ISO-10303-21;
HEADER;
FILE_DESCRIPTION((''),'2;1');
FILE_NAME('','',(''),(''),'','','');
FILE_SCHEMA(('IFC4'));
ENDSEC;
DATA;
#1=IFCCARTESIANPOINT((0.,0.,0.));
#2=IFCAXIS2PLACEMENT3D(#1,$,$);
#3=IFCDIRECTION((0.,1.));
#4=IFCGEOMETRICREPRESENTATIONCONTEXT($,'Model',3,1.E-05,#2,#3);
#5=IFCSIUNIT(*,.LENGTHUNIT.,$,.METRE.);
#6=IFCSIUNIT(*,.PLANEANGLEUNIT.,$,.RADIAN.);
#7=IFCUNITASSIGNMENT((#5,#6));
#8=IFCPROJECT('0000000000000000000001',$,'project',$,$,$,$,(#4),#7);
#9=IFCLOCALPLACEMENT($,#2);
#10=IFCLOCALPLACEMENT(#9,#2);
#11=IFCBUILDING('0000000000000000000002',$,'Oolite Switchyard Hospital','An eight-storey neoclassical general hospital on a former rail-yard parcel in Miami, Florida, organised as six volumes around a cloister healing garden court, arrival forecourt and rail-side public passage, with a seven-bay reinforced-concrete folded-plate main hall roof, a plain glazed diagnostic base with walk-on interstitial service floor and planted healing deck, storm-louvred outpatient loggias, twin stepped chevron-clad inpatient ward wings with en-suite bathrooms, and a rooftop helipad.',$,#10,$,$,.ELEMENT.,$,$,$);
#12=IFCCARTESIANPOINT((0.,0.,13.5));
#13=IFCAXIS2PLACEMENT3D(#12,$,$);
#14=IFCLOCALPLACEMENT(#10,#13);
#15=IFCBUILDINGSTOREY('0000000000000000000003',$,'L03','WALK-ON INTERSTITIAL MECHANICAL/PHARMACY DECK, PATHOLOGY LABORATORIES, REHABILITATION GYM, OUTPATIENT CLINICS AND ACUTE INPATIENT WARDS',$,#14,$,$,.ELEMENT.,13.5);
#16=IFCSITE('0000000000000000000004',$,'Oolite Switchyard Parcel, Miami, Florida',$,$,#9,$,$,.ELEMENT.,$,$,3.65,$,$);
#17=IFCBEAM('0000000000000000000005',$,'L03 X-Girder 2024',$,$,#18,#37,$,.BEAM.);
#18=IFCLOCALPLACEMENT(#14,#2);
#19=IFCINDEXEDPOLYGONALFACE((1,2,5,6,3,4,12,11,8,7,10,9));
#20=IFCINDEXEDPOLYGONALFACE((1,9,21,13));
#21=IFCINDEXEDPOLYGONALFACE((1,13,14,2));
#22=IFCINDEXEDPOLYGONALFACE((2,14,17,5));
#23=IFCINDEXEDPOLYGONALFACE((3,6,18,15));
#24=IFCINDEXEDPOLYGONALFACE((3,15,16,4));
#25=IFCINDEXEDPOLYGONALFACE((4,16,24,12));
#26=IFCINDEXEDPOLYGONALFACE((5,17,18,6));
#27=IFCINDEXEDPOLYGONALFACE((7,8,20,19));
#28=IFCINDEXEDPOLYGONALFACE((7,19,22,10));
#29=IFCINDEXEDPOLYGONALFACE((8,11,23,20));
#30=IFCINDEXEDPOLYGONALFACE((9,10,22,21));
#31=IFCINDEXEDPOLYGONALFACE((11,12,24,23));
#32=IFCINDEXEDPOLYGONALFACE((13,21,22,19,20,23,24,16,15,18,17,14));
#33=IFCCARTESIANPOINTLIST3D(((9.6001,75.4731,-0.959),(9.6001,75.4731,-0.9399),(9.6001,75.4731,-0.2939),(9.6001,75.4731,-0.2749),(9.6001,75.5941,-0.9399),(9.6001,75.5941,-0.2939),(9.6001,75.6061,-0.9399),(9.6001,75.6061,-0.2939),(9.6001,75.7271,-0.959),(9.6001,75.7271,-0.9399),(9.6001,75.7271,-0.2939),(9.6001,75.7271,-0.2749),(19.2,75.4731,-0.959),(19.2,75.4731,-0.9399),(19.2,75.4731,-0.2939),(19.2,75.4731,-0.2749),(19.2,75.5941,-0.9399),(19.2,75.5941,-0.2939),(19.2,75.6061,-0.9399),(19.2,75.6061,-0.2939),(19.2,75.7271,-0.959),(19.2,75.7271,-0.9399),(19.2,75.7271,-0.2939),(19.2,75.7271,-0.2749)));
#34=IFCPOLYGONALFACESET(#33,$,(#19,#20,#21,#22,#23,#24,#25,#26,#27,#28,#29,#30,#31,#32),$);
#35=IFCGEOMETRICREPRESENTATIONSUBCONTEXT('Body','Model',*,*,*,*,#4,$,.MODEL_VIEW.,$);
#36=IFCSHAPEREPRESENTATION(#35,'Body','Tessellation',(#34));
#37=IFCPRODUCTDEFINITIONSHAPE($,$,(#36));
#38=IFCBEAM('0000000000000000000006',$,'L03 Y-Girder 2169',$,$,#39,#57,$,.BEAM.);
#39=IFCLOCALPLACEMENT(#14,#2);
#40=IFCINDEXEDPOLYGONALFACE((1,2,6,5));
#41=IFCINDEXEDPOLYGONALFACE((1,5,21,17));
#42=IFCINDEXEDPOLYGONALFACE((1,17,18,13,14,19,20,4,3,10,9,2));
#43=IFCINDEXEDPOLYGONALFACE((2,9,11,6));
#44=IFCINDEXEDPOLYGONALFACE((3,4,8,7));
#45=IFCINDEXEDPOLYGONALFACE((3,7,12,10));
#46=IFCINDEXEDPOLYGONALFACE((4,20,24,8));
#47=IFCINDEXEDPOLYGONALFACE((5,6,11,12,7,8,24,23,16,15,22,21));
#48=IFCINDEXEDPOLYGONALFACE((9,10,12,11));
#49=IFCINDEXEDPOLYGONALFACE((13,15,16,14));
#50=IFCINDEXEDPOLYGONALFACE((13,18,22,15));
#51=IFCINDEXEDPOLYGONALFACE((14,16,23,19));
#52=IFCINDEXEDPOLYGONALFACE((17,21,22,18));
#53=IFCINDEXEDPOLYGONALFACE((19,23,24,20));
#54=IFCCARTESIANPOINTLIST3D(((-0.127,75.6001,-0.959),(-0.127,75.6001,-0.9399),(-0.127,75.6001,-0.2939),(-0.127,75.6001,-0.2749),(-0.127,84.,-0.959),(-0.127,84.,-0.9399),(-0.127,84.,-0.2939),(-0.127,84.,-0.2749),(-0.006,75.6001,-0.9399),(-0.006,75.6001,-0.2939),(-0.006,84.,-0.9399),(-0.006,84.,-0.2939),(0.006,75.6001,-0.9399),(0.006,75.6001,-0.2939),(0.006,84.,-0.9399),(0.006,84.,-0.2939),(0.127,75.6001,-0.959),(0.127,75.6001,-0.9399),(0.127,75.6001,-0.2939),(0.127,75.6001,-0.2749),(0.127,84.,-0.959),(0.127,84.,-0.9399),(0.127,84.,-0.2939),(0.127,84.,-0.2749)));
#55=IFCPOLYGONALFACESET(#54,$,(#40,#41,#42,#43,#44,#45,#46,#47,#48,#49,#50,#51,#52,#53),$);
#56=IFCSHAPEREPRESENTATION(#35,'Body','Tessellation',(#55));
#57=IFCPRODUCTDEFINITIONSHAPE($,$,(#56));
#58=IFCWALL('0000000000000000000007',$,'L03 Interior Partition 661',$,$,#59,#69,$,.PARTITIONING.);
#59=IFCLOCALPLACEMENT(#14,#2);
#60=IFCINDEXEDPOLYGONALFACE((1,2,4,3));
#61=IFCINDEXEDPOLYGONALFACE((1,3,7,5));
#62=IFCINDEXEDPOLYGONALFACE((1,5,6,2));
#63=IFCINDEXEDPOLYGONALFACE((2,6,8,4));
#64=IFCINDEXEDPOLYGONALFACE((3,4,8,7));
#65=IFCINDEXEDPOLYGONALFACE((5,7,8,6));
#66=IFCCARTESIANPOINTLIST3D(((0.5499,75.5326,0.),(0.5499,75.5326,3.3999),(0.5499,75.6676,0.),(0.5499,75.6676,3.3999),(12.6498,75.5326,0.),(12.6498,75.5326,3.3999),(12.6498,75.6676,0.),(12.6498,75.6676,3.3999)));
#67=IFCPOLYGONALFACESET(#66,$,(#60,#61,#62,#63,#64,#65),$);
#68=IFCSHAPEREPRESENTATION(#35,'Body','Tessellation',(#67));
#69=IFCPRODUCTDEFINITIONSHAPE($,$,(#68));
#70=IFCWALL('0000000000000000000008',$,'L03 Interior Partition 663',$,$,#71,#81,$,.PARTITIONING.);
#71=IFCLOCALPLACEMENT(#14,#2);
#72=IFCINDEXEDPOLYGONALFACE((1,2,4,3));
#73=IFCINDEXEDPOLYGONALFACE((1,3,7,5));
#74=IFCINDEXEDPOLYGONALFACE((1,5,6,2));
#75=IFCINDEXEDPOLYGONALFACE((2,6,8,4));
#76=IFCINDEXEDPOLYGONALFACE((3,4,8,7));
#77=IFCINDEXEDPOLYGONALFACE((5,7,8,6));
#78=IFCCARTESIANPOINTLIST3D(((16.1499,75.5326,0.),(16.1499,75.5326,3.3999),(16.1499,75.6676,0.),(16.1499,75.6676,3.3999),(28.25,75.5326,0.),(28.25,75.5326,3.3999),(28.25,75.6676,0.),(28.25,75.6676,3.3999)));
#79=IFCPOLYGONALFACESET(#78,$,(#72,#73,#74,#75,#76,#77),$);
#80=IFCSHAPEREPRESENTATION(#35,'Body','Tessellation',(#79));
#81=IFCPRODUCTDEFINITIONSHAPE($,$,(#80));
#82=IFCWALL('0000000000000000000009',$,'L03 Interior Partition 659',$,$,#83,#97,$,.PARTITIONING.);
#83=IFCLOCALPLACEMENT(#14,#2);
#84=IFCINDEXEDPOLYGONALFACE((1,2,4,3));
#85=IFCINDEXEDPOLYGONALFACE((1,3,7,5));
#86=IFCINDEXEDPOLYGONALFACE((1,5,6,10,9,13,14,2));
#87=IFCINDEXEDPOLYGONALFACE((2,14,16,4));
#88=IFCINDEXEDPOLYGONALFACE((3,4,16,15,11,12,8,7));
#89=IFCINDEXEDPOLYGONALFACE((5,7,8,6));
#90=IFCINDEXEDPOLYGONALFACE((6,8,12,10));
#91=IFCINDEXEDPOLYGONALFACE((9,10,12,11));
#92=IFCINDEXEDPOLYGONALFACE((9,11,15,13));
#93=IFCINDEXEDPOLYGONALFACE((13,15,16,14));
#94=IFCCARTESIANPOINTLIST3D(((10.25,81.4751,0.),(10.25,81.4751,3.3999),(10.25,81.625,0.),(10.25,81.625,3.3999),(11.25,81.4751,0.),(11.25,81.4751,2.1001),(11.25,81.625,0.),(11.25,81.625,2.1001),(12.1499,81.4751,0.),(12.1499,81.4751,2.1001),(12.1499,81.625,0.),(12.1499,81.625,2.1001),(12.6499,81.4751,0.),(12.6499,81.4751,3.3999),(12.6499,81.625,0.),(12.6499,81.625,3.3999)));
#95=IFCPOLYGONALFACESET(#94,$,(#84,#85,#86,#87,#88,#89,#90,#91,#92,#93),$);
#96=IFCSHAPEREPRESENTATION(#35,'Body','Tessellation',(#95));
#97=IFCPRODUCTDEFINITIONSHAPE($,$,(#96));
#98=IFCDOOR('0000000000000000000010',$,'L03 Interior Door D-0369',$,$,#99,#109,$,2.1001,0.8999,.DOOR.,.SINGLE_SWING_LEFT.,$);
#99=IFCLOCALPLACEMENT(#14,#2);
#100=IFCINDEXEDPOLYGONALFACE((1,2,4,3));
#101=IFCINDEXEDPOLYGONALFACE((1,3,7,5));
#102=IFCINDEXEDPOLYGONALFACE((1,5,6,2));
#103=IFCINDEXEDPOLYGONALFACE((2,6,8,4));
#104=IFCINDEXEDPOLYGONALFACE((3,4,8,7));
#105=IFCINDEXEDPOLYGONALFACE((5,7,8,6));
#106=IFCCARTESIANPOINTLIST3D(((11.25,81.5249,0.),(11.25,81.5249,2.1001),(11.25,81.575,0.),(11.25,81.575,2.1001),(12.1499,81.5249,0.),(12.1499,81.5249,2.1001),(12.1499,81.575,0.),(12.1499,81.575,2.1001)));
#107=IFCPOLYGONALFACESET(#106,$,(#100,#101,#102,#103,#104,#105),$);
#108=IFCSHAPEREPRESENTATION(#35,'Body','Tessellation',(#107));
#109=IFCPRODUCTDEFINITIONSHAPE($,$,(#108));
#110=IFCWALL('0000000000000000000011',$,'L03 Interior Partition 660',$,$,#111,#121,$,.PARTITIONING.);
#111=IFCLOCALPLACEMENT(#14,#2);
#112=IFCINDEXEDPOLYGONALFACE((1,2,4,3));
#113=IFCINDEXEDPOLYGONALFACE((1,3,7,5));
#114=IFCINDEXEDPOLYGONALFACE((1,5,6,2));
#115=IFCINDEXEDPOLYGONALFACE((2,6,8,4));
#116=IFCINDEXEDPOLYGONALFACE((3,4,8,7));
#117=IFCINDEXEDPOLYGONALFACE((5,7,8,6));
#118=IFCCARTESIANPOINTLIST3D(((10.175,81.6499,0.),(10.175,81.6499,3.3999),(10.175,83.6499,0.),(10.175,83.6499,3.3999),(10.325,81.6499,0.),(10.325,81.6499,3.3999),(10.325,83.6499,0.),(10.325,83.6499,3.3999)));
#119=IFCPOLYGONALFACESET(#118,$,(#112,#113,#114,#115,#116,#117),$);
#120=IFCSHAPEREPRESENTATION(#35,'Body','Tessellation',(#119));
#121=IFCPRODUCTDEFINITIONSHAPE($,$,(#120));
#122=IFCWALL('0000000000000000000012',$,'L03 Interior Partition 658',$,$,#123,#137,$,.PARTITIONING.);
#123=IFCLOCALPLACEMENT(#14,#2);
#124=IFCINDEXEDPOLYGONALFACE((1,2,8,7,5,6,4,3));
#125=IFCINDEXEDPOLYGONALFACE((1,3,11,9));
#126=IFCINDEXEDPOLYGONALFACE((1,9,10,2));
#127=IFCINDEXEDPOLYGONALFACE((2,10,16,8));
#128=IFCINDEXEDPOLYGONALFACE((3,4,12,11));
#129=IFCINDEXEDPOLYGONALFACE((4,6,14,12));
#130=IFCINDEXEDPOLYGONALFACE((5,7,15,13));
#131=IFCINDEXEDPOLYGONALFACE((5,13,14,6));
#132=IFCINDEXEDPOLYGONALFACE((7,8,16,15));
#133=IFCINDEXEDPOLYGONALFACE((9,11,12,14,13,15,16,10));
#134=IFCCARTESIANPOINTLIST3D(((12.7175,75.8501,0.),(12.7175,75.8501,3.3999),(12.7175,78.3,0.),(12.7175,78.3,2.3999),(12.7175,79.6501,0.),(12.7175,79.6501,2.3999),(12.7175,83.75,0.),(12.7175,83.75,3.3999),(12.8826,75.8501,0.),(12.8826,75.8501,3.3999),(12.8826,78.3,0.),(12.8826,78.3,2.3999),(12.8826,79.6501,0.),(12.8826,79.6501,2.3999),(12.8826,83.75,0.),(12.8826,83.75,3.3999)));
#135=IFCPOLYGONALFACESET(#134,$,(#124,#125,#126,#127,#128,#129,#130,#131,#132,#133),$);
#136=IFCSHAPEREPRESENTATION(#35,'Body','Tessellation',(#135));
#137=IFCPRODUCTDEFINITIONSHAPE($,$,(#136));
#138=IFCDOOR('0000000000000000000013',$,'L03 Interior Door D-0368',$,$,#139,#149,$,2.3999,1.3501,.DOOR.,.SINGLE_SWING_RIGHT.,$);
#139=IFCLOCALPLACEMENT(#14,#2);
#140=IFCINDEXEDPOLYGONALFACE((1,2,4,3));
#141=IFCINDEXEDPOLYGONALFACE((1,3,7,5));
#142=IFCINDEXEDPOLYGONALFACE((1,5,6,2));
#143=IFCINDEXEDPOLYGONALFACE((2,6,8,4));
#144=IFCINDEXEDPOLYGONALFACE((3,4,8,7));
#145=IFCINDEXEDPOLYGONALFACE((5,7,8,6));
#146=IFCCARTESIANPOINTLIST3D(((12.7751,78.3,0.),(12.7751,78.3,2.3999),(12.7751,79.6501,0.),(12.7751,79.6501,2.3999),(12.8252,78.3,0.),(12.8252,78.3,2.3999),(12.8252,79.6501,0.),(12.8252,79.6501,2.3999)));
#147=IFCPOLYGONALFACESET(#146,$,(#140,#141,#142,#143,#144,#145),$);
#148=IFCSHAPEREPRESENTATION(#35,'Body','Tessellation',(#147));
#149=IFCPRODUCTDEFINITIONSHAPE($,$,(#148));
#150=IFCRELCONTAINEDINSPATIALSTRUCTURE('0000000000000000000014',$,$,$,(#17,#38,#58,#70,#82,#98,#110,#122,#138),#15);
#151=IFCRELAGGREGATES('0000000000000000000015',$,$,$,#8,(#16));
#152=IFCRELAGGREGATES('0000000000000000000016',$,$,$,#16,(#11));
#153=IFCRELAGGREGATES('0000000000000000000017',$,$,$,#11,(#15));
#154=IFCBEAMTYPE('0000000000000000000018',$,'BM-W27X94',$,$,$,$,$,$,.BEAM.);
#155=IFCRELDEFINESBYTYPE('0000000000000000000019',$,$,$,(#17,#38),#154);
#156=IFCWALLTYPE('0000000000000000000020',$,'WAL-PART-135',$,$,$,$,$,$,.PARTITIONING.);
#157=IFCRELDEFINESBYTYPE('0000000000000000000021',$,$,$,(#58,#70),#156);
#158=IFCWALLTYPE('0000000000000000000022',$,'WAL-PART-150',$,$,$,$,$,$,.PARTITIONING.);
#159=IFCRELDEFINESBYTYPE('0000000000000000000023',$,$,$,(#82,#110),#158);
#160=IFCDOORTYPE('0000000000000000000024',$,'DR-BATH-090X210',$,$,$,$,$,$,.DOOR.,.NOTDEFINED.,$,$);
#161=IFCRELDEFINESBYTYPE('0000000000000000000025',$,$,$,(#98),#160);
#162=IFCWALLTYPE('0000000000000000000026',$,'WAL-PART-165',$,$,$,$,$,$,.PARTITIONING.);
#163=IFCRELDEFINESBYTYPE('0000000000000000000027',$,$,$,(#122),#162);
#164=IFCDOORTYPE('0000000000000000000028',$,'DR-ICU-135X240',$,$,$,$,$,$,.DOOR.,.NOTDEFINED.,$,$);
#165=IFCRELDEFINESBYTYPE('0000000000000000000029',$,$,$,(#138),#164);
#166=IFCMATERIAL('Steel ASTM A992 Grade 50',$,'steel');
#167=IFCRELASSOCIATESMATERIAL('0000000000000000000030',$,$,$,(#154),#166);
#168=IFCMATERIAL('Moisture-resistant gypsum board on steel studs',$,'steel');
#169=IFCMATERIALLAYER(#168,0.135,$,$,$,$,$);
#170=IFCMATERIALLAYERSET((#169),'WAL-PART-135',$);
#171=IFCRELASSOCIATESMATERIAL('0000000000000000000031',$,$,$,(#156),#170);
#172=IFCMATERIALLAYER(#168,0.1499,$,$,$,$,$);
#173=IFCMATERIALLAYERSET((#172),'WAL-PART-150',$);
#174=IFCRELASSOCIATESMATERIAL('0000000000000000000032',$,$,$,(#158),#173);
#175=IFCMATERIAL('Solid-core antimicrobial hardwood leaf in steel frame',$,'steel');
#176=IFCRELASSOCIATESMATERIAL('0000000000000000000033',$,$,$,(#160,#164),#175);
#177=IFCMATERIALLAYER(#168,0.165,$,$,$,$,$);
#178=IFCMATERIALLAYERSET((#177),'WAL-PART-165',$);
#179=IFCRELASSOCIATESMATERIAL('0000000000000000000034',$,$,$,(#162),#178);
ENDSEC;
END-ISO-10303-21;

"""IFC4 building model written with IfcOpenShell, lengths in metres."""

from ifc_helpers import new_model, si_unit, direction, frame, frame_2d, origin, origin_2d, place, context, subcontext, project, spatial, rectangle, i_section, extrude, material, layer, layer_set, material_profile, profile_set, type_object, element, fill, save


model = new_model("IFC4")

# Units and contexts
model_context = context("Model", 3, precision=1e-05, world=origin(), true_north=direction((0.0, 1.0)))
body_context = subcontext(model_context, "Body", "Model", "MODEL_VIEW")
ifc_project = project(units=[si_unit("LENGTHUNIT", "METRE"), si_unit("PLANEANGLEUNIT", "RADIAN")], contexts=[model_context])

# Site, building, storey
site_placement = place(None, origin())
site = spatial("IfcSite", under=ifc_project, at=site_placement, Name="Oolite Switchyard Parcel, Miami, Florida", CompositionType="ELEMENT", RefElevation=3.65)
building_placement = place(site_placement, origin())
building = spatial("IfcBuilding", under=site, at=building_placement, Name="Oolite Switchyard Hospital", Description="An eight-storey neoclassical general hospital on a former rail-yard parcel in Miami, Florida, organised as six volumes around a cloister healing garden court, arrival forecourt and rail-side public passage, with a seven-bay reinforced-concrete folded-plate main hall roof, a plain glazed diagnostic base with walk-on interstitial service floor and planted healing deck, storm-louvred outpatient loggias, twin stepped chevron-clad inpatient ward wings with en-suite bathrooms, and a rooftop helipad.", CompositionType="ELEMENT")
storey_placement = place(building_placement, frame((0.0, 0.0, 13.5)))
storey = spatial("IfcBuildingStorey", under=building, at=storey_placement, Name="L03", Description="WALK-ON INTERSTITIAL MECHANICAL/PHARMACY DECK, PATHOLOGY LABORATORIES, REHABILITATION GYM, OUTPATIENT CLINICS AND ACUTE INPATIENT WARDS", CompositionType="ELEMENT", Elevation=13.5)

# Beams
ifc_material_1 = material(Name="Steel ASTM A992 Grade 50", Category="steel")
ifc_material_profile_1 = material_profile(ifc_material_1, i_section(OverallWidth=0.2539, OverallDepth=0.6841, WebThickness=0.012, FlangeThickness=0.019, at=origin_2d()), Name="W27X94")
ifc_profile_set_1 = profile_set([ifc_material_profile_1], Name="Steel ASTM A992 Grade 50")
beam_type_1 = type_object("IfcBeamType", Name="BM-W27X94", PredefinedType="BEAM", material=ifc_profile_set_1)
beam_1_placement = place(storey_placement, frame((9.6001, 75.6001, -0.6169), z_axis=(1.0, 0.0, 0.0), x_axis=(0.0, 1.0, 0.0)))
element("IfcBeam", 1, at=beam_1_placement, inside=storey, type_object=beam_type_1, Name="L03 X-Girder 2024", PredefinedType="BEAM", context=body_context, shape_type="SweptSolid", body=[
    extrude(i_section(OverallWidth=0.2539, OverallDepth=0.6841, WebThickness=0.012, FlangeThickness=0.019, at=origin_2d()), origin(), (0.0, 0.0, 1.0), 9.5999),
])
beam_2_placement = place(storey_placement, frame((0.0, 75.6001, -0.6169), z_axis=(0.0, 1.0, 0.0), x_axis=(-1.0, 0.0, 0.0)))
element("IfcBeam", 2, at=beam_2_placement, inside=storey, type_object=beam_type_1, Name="L03 Y-Girder 2169", PredefinedType="BEAM", context=body_context, shape_type="SweptSolid", body=[
    extrude(i_section(OverallWidth=0.2539, OverallDepth=0.6841, WebThickness=0.012, FlangeThickness=0.019, at=origin_2d()), origin(), (0.0, 0.0, 1.0), 8.3999),
])

# Walls
ifc_material_2 = material(Name="Moisture-resistant gypsum board on steel studs", Category="steel")
ifc_layer_1 = layer(ifc_material_2, 0.135)
ifc_layer_set_1 = layer_set([ifc_layer_1], Name="WAL-PART-135")
wall_type_1 = type_object("IfcWallType", Name="WAL-PART-135", PredefinedType="PARTITIONING", material=ifc_layer_set_1)
wall_1_placement = place(storey_placement, frame((0.55, 75.6001, 0.0), z_axis=(0.0, 0.0, 1.0), x_axis=(1.0, 0.0, 0.0)))
element("IfcWall", 3, at=wall_1_placement, inside=storey, type_object=wall_type_1, Name="L03 Interior Partition 661", PredefinedType="PARTITIONING", context=body_context, shape_type="SweptSolid", body=[
    extrude(rectangle(XDim=12.0999, YDim=0.135, at=frame_2d((6.0498, 0.0))), origin(), (0.0, 0.0, 1.0), 3.3999),
])
wall_2_placement = place(storey_placement, frame((16.1499, 75.6001, 0.0), z_axis=(0.0, 0.0, 1.0), x_axis=(1.0, 0.0, 0.0)))
element("IfcWall", 4, at=wall_2_placement, inside=storey, type_object=wall_type_1, Name="L03 Interior Partition 663", PredefinedType="PARTITIONING", context=body_context, shape_type="SweptSolid", body=[
    extrude(rectangle(XDim=12.1001, YDim=0.135, at=frame_2d((6.05, 0.0))), origin(), (0.0, 0.0, 1.0), 3.3999),
])

# Wall, opening, door
ifc_layer_2 = layer(ifc_material_2, 0.1499)
ifc_layer_set_2 = layer_set([ifc_layer_2], Name="WAL-PART-150")
wall_type_2 = type_object("IfcWallType", Name="WAL-PART-150", PredefinedType="PARTITIONING", material=ifc_layer_set_2)
wall_3_placement = place(storey_placement, frame((10.25, 81.55, 0.0), z_axis=(0.0, 0.0, 1.0), x_axis=(1.0, 0.0, 0.0)))
wall_3 = element("IfcWall", 5, at=wall_3_placement, inside=storey, type_object=wall_type_2, Name="L03 Interior Partition 659", PredefinedType="PARTITIONING", context=body_context, shape_type="SweptSolid", body=[
    extrude(rectangle(XDim=2.3999, YDim=0.1499, at=frame_2d((1.2, 0.0))), origin(), (0.0, 0.0, 1.0), 3.3999),
])
opening_1_placement = place(wall_3_placement, frame((1.0, 0.0, 0.0)))
opening_1 = element("IfcOpeningElement", 6, at=opening_1_placement, cuts=wall_3, PredefinedType="OPENING", context=body_context, shape_type="SweptSolid", body=[
    extrude(rectangle(XDim=0.8999, YDim=2.1001, at=frame_2d((0.45, 1.05))), frame((0.0, 0.085, 0.0), z_axis=(0.0, -1.0, 0.0), x_axis=(1.0, 0.0, 0.0)), (0.0, 0.0, 1.0), 0.1699),
])
ifc_material_3 = material(Name="Solid-core antimicrobial hardwood leaf in steel frame", Category="steel")
door_type_1 = type_object("IfcDoorType", Name="DR-BATH-090X210", OperationType="NOTDEFINED", PredefinedType="DOOR", material=ifc_material_3)
door_1_placement = place(opening_1_placement, origin())
door_1 = element("IfcDoor", 7, at=door_1_placement, inside=storey, type_object=door_type_1, Name="L03 Interior Door D-0369", OperationType="SINGLE_SWING_LEFT", OverallHeight=2.1001, OverallWidth=0.8999, PredefinedType="DOOR", context=body_context, shape_type="SweptSolid", body=[
    extrude(rectangle(XDim=0.8999, YDim=2.1001, at=frame_2d((0.45, 1.05))), frame((0.0, 0.0249, 0.0), z_axis=(0.0, -1.0, 0.0), x_axis=(1.0, 0.0, 0.0)), (0.0, 0.0, 1.0), 0.05),
])
fill(opening_1, door_1)

# Wall
wall_4_placement = place(storey_placement, frame((10.25, 81.6499, 0.0), z_axis=(0.0, 0.0, 1.0), x_axis=(0.0, 1.0, 0.0)))
element("IfcWall", 8, at=wall_4_placement, inside=storey, type_object=wall_type_2, Name="L03 Interior Partition 660", PredefinedType="PARTITIONING", context=body_context, shape_type="SweptSolid", body=[
    extrude(rectangle(XDim=2.0, YDim=0.1499, at=frame_2d((1.0, 0.0))), origin(), (0.0, 0.0, 1.0), 3.3999),
])

# Wall, opening, door
ifc_layer_3 = layer(ifc_material_2, 0.165)
ifc_layer_set_3 = layer_set([ifc_layer_3], Name="WAL-PART-165")
wall_type_3 = type_object("IfcWallType", Name="WAL-PART-165", PredefinedType="PARTITIONING", material=ifc_layer_set_3)
wall_5_placement = place(storey_placement, frame((12.8, 75.8501, 0.0), z_axis=(0.0, 0.0, 1.0), x_axis=(0.0, 1.0, 0.0)))
wall_5 = element("IfcWall", 9, at=wall_5_placement, inside=storey, type_object=wall_type_3, Name="L03 Interior Partition 658", PredefinedType="PARTITIONING", context=body_context, shape_type="SweptSolid", body=[
    extrude(rectangle(XDim=7.8999, YDim=0.165, at=frame_2d((3.95, 0.0))), origin(), (0.0, 0.0, 1.0), 3.3999),
])
opening_2_placement = place(wall_5_placement, frame((2.45, 0.0, 0.0)))
opening_2 = element("IfcOpeningElement", 10, at=opening_2_placement, cuts=wall_5, PredefinedType="OPENING", context=body_context, shape_type="SweptSolid", body=[
    extrude(rectangle(XDim=1.3501, YDim=2.3999, at=frame_2d((0.675, 1.2))), frame((0.0, 0.0925, 0.0), z_axis=(0.0, -1.0, 0.0), x_axis=(1.0, 0.0, 0.0)), (0.0, 0.0, 1.0), 0.1851),
])
door_type_2 = type_object("IfcDoorType", Name="DR-ICU-135X240", OperationType="NOTDEFINED", PredefinedType="DOOR", material=ifc_material_3)
door_2_placement = place(opening_2_placement, origin())
door_2 = element("IfcDoor", 11, at=door_2_placement, inside=storey, type_object=door_type_2, Name="L03 Interior Door D-0368", OperationType="SINGLE_SWING_RIGHT", OverallHeight=2.3999, OverallWidth=1.3501, PredefinedType="DOOR", context=body_context, shape_type="SweptSolid", body=[
    extrude(rectangle(XDim=1.3501, YDim=2.3999, at=frame_2d((0.675, 1.2))), frame((0.0, 0.0249, 0.0), z_axis=(0.0, -1.0, 0.0), x_axis=(1.0, 0.0, 0.0)), (0.0, 0.0, 1.0), 0.05),
])
fill(opening_2, door_2)

save(model, "model.ifc")
